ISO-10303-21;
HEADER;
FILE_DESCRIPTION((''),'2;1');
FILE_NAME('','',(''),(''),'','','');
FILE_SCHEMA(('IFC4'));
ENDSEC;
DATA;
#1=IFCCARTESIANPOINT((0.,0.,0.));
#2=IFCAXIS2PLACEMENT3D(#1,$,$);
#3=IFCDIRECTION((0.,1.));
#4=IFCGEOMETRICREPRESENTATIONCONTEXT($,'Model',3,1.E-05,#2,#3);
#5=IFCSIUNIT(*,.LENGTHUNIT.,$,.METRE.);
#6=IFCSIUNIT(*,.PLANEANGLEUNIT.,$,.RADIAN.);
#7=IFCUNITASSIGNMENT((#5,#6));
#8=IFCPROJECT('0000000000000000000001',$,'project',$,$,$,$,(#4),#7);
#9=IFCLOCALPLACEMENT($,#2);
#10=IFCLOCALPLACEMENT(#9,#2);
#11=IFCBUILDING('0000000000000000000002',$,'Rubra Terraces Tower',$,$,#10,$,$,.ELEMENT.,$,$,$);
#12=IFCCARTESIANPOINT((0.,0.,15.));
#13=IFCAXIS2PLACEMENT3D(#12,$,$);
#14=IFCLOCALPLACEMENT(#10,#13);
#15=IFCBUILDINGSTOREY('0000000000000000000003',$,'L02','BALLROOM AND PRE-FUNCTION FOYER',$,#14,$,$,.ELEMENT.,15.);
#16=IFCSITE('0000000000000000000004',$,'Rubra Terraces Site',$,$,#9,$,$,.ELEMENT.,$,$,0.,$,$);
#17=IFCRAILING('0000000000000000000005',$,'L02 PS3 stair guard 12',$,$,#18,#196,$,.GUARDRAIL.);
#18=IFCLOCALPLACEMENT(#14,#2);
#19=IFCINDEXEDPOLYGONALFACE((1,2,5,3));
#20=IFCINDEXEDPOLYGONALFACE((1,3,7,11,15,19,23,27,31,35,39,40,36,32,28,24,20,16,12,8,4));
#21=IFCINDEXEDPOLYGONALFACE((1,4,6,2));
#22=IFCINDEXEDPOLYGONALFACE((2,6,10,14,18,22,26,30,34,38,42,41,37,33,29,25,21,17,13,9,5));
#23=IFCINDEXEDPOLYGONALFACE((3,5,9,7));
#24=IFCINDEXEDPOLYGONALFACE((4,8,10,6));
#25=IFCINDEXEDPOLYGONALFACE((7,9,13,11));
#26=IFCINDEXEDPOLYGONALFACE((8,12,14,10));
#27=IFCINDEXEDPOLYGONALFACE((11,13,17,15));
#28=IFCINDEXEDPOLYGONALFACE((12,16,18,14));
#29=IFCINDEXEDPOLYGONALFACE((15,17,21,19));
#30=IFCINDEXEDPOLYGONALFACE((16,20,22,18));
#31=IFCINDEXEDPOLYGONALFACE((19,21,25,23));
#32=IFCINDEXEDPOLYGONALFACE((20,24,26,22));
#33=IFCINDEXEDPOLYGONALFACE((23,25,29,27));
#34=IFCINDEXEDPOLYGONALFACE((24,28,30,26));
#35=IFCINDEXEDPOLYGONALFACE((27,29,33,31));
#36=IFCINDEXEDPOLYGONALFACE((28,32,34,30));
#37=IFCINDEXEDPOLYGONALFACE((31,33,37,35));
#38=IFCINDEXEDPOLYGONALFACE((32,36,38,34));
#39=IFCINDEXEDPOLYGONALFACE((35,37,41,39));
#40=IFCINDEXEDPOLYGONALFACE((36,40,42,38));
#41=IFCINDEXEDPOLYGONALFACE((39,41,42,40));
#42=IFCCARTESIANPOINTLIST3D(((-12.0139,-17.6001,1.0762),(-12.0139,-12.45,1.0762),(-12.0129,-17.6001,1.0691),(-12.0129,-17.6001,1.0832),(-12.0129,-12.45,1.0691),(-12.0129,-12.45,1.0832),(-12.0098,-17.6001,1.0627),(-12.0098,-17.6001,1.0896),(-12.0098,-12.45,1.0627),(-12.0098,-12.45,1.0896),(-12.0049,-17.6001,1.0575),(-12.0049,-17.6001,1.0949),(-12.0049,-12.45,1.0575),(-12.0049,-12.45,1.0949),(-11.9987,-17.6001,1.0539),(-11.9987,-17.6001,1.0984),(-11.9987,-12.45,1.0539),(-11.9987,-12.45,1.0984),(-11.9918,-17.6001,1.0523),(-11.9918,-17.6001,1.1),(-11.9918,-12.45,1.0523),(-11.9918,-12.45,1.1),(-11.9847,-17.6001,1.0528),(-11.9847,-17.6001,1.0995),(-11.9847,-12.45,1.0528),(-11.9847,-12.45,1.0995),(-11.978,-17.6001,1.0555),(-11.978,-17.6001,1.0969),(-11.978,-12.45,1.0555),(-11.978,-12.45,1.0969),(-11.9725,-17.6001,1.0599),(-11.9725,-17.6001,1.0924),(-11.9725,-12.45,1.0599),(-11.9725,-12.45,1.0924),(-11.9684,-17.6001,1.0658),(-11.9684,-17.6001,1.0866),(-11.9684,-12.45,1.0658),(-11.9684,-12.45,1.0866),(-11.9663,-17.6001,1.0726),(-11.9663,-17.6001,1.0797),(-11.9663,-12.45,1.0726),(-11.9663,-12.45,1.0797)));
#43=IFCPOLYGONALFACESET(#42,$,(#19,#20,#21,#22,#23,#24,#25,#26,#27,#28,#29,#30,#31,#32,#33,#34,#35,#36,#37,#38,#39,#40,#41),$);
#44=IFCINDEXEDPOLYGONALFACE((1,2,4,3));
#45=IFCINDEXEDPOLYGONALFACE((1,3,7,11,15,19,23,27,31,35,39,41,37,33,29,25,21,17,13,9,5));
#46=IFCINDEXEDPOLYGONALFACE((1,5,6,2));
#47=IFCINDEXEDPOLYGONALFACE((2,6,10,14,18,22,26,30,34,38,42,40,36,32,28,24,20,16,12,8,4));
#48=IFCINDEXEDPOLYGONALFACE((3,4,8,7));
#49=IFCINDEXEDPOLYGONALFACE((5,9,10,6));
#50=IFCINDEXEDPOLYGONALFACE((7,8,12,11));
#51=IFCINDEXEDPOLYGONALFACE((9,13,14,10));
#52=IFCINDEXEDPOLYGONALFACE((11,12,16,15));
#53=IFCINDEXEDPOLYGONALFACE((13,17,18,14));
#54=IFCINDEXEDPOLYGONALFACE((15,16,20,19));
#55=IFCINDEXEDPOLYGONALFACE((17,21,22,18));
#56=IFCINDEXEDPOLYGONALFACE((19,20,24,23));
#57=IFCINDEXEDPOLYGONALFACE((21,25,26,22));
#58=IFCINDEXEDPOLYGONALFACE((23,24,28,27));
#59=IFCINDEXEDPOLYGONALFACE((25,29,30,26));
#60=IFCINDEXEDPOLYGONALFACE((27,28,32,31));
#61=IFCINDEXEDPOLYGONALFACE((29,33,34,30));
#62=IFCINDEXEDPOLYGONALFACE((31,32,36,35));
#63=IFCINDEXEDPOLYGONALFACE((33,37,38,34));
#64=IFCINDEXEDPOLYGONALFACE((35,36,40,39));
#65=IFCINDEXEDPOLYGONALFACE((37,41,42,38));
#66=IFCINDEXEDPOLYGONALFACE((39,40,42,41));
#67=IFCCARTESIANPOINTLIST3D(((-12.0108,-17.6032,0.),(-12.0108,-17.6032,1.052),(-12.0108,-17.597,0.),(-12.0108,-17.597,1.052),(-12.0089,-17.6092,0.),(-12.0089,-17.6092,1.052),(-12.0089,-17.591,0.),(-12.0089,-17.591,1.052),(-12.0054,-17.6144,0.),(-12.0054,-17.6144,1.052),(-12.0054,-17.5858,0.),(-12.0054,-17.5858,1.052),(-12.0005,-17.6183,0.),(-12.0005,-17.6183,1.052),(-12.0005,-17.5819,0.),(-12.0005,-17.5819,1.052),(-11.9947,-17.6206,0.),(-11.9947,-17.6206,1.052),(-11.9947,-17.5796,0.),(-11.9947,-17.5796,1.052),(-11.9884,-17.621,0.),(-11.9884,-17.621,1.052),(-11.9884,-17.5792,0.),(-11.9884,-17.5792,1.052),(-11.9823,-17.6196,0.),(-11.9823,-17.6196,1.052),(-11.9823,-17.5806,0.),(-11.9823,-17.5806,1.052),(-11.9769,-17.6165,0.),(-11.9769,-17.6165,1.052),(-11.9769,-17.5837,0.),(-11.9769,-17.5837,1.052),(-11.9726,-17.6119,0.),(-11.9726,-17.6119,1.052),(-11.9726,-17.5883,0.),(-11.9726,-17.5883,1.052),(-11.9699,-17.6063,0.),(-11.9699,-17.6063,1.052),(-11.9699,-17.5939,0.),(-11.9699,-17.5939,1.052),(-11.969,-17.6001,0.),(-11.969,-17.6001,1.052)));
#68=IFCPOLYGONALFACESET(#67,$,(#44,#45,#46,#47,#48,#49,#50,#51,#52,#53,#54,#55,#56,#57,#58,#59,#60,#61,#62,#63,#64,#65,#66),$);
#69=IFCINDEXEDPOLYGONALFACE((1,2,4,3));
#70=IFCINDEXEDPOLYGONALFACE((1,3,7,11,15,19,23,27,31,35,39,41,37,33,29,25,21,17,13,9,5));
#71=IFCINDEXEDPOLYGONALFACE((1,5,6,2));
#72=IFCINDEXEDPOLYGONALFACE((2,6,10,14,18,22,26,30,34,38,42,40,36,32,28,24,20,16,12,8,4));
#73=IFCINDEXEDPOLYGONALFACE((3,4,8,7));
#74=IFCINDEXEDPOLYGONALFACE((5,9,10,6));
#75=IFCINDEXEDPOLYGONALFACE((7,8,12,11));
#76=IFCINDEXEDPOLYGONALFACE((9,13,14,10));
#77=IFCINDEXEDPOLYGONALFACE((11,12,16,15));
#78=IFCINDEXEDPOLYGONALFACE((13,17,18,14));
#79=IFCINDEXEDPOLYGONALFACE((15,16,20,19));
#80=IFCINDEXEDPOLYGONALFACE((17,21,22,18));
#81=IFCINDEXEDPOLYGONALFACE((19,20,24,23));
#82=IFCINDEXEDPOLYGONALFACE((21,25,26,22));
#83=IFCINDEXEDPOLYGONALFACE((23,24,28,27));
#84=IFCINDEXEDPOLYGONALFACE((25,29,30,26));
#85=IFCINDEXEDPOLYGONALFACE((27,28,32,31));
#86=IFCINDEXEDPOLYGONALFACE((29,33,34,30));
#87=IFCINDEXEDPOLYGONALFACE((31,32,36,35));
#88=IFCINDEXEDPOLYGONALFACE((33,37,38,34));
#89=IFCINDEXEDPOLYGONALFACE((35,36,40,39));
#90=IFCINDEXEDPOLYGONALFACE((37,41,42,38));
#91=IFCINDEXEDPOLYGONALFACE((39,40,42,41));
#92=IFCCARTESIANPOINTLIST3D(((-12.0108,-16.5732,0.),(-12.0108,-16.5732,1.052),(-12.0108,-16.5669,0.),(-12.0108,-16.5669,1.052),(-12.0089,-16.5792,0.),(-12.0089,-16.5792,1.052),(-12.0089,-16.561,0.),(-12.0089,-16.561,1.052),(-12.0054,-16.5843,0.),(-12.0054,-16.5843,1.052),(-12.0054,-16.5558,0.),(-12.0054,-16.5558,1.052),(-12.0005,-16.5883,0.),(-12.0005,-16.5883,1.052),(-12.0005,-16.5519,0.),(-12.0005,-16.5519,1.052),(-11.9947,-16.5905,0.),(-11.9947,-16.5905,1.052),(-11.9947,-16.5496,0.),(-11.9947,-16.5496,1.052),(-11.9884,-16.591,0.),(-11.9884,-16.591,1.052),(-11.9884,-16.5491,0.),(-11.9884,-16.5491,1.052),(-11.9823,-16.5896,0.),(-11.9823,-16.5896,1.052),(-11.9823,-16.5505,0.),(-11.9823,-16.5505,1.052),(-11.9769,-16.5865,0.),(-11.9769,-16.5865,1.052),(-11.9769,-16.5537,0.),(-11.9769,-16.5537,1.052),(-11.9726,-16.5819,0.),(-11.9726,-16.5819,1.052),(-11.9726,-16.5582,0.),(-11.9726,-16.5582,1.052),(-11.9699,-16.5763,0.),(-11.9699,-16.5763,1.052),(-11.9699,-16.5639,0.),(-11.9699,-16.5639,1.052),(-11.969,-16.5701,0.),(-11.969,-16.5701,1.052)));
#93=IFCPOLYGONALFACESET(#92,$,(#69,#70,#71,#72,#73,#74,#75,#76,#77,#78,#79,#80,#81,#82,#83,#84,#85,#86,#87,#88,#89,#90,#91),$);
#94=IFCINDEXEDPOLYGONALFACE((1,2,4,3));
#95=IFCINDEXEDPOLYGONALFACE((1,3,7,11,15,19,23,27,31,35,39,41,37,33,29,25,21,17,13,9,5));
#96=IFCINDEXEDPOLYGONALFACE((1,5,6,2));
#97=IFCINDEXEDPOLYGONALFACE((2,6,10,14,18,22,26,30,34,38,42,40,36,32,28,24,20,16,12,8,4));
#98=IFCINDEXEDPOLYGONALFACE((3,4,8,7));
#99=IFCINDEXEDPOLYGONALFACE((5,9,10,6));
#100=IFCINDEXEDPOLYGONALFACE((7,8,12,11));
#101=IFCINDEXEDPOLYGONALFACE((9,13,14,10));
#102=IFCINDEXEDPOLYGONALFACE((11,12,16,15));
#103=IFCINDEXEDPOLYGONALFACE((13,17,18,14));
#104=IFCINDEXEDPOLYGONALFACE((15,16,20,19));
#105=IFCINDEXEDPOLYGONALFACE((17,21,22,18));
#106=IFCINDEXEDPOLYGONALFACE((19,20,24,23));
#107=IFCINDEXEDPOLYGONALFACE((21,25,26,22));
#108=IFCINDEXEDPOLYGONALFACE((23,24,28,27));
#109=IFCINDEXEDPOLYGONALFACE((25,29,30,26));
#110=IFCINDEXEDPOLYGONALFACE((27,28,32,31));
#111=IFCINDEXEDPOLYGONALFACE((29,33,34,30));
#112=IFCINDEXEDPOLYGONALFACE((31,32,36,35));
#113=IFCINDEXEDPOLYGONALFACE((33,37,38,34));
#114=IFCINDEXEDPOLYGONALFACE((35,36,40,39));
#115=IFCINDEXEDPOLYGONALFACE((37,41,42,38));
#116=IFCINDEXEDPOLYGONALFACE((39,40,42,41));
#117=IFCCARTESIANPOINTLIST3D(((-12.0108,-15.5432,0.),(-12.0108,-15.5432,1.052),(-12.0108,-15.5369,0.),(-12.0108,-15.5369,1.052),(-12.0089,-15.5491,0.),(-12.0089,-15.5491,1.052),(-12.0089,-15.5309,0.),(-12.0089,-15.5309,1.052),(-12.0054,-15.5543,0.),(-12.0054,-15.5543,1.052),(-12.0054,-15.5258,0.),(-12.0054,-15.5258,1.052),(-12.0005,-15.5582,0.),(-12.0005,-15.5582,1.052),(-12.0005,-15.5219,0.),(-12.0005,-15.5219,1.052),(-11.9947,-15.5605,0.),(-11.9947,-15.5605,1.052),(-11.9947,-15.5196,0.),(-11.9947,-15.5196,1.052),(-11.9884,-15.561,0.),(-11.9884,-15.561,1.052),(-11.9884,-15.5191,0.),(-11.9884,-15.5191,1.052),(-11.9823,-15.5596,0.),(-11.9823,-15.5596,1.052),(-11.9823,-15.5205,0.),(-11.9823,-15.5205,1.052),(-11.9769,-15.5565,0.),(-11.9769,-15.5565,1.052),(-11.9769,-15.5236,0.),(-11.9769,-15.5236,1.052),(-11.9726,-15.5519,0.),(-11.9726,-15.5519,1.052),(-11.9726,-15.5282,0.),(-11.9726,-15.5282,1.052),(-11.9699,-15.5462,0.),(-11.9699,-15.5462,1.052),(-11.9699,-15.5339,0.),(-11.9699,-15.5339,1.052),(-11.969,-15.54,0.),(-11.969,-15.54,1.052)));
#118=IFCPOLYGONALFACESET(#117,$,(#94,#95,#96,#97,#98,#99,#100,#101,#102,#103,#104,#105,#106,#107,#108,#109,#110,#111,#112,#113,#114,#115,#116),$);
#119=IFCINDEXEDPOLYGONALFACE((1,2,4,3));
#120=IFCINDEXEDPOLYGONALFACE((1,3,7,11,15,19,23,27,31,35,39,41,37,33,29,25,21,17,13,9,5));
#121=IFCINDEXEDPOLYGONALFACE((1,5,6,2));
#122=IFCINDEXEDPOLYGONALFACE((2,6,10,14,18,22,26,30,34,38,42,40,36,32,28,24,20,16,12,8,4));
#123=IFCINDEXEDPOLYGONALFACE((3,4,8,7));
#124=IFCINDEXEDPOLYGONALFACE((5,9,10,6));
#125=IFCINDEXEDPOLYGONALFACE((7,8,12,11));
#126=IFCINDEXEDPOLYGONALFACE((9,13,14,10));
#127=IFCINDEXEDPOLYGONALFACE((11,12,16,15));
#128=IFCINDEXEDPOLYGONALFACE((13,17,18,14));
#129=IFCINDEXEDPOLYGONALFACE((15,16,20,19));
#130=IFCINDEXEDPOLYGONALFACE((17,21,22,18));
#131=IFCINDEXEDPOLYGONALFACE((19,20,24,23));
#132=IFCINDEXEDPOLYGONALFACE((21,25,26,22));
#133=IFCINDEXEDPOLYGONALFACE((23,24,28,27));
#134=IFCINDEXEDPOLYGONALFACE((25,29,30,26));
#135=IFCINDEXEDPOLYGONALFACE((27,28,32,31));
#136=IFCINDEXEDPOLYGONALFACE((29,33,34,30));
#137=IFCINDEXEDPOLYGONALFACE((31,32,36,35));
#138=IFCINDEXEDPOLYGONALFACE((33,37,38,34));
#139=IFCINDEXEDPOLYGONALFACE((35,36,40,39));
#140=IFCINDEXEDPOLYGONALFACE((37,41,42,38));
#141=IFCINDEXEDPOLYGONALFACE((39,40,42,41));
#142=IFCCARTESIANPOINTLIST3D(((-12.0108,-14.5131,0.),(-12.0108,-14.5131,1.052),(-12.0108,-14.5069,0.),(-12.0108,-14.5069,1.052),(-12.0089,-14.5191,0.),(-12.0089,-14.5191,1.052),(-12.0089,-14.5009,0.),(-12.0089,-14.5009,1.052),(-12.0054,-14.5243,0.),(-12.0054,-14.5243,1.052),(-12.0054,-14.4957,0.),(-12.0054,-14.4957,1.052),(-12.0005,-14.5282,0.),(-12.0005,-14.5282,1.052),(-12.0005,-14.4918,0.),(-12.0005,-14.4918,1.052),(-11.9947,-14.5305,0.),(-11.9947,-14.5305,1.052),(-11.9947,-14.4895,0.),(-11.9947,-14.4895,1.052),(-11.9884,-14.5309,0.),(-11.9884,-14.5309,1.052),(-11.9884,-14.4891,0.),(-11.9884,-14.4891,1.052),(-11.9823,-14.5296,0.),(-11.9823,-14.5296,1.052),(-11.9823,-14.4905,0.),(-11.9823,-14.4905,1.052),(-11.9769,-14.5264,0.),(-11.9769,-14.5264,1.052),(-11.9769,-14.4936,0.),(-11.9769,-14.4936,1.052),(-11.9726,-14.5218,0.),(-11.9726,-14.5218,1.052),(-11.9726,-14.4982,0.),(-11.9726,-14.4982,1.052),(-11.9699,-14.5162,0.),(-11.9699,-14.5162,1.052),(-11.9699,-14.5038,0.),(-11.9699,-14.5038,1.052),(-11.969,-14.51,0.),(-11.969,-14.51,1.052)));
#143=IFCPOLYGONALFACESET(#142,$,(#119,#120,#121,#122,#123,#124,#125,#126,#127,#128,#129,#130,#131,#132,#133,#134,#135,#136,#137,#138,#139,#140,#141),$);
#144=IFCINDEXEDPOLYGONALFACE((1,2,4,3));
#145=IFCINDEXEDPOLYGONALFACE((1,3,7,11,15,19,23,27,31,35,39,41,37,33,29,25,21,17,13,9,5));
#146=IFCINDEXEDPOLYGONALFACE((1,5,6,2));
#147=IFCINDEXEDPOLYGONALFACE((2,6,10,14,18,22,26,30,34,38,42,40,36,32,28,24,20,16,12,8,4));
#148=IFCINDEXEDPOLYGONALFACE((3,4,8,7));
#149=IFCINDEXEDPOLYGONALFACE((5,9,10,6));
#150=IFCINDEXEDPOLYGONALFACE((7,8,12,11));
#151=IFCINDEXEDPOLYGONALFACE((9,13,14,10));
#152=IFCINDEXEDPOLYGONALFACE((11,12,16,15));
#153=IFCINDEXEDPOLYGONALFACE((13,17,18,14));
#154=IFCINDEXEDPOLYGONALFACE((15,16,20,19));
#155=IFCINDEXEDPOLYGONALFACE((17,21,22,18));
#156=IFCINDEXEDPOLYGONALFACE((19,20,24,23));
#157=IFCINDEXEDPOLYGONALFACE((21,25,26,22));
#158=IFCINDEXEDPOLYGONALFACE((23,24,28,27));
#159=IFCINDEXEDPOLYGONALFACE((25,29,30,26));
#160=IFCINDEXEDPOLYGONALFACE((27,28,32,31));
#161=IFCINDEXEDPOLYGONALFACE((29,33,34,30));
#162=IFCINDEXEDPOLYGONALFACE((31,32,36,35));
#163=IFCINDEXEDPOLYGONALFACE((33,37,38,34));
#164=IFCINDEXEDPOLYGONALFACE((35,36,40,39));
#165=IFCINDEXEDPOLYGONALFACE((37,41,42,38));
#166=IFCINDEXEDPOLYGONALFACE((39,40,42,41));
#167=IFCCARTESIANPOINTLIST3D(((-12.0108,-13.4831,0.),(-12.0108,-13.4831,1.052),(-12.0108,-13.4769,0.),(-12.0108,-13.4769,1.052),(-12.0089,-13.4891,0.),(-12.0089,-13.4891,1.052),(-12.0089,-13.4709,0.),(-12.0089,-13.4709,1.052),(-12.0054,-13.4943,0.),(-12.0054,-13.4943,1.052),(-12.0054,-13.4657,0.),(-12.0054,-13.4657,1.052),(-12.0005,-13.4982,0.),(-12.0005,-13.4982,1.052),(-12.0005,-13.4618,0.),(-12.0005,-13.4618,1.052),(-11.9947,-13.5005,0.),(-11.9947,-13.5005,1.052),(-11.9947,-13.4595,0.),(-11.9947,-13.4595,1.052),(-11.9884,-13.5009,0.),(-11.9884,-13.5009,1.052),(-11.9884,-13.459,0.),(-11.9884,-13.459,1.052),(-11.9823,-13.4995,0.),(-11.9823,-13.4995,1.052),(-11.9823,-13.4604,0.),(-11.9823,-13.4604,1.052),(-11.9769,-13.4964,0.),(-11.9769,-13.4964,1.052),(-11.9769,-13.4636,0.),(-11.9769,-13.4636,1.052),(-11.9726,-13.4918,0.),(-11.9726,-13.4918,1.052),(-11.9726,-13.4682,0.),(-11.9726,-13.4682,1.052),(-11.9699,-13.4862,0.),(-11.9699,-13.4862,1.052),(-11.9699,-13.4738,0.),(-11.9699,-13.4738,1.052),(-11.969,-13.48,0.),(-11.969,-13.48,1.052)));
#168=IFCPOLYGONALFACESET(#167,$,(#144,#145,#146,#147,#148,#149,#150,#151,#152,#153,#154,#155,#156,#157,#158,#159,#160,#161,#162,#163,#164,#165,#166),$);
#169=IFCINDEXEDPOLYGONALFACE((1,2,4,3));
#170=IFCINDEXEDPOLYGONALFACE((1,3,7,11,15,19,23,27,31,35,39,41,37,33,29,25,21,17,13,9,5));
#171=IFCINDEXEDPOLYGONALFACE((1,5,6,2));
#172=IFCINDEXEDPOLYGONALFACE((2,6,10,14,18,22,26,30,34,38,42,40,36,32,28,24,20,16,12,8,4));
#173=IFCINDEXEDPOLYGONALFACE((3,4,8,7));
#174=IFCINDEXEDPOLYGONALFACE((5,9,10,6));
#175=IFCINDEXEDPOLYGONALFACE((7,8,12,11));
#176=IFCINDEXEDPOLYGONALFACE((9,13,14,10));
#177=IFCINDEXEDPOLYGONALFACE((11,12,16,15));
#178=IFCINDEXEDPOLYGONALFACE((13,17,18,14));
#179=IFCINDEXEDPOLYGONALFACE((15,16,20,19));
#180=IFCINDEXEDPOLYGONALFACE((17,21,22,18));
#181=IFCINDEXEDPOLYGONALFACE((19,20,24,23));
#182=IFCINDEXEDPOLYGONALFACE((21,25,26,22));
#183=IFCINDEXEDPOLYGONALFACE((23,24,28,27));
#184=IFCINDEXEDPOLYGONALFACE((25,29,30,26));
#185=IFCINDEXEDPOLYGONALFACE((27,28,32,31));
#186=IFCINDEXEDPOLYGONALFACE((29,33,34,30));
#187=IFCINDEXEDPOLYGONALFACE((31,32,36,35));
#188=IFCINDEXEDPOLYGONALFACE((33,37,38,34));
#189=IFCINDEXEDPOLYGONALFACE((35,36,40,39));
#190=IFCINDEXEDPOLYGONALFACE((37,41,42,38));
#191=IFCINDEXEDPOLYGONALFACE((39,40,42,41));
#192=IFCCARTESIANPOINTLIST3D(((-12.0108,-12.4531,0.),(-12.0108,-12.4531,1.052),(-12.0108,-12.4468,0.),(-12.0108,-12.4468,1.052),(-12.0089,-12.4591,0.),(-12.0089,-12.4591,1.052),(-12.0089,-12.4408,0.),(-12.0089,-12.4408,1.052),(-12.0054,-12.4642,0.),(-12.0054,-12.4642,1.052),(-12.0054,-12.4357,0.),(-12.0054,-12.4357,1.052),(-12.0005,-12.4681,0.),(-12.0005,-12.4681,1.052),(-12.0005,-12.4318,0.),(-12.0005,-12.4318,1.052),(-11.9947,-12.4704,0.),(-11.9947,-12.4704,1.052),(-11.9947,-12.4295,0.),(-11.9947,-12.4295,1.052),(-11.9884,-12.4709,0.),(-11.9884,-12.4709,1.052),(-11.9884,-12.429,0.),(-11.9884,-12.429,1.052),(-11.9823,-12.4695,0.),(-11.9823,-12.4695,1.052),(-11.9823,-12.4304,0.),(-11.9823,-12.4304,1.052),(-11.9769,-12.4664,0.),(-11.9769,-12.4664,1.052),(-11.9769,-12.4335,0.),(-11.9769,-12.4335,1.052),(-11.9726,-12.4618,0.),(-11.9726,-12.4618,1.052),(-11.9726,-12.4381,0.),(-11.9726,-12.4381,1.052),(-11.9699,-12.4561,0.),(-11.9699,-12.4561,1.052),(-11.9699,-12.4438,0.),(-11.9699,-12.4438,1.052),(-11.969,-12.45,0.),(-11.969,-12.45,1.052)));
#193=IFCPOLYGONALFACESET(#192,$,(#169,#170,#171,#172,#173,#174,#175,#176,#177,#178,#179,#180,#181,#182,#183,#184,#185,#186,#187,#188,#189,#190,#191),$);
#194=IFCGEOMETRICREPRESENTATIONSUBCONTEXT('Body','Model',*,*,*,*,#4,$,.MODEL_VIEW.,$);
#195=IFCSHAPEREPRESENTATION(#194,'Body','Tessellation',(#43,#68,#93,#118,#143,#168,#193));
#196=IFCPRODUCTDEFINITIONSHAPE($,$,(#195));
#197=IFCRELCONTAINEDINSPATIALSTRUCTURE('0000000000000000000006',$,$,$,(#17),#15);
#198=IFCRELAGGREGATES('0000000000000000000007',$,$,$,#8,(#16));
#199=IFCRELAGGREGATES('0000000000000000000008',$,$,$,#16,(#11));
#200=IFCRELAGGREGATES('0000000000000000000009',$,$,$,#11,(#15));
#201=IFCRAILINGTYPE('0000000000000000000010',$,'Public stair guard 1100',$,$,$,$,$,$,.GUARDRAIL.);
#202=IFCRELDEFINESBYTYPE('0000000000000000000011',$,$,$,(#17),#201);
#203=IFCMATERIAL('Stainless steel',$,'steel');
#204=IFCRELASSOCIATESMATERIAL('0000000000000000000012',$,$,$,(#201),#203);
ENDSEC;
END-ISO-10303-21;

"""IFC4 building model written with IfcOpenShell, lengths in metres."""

from ifc_helpers import new_model, si_unit, direction, frame, origin, origin_2d, place, context, subcontext, project, spatial, circle, extrude, material, type_object, element, save


model = new_model("IFC4")

# Units and contexts
model_context = context("Model", 3, precision=1e-05, world=origin(), true_north=direction((0.0, 1.0)))
body_context = subcontext(model_context, "Body", "Model", "MODEL_VIEW")
ifc_project = project(units=[si_unit("LENGTHUNIT", "METRE"), si_unit("PLANEANGLEUNIT", "RADIAN")], contexts=[model_context])

# Site, building, storey
site_placement = place(None, origin())
site = spatial("IfcSite", under=ifc_project, at=site_placement, Name="Rubra Terraces Site", CompositionType="ELEMENT", RefElevation=0.0)
building_placement = place(site_placement, origin())
building = spatial("IfcBuilding", under=site, at=building_placement, Name="Rubra Terraces Tower", CompositionType="ELEMENT")
storey_placement = place(building_placement, frame((0.0, 0.0, 15.0)))
storey = spatial("IfcBuildingStorey", under=building, at=storey_placement, Name="L02", Description="BALLROOM AND PRE-FUNCTION FOYER", CompositionType="ELEMENT", Elevation=15.0)

# Railing
ifc_material_1 = material(Name="Stainless steel", Category="steel")
railing_type_1 = type_object("IfcRailingType", Name="Public stair guard 1100", PredefinedType="GUARDRAIL", material=ifc_material_1)
railing_1_placement = place(storey_placement, frame((-11.99, -17.6001, 0.0)))
element("IfcRailing", 1, at=railing_1_placement, inside=storey, type_object=railing_type_1, Name="L02 PS3 stair guard 12", PredefinedType="GUARDRAIL", context=body_context, shape_type="SweptSolid", body=[
    extrude(circle(Radius=0.0239, at=origin_2d()), frame((0.0, 0.0, 1.0762), z_axis=(0.0, 1.0, 0.0), x_axis=(-1.0, 0.0, 0.0)), (0.0, 0.0, 1.0), 5.1501),
    extrude(circle(Radius=0.021, at=origin_2d()), origin(), (0.0, 0.0, 1.0), 1.052),
    extrude(circle(Radius=0.021, at=origin_2d()), frame((0.0, 1.03, 0.0)), (0.0, 0.0, 1.0), 1.052),
    extrude(circle(Radius=0.021, at=origin_2d()), frame((0.0, 2.0601, 0.0)), (0.0, 0.0, 1.0), 1.052),
    extrude(circle(Radius=0.021, at=origin_2d()), frame((0.0, 3.0901, 0.0)), (0.0, 0.0, 1.0), 1.052),
    extrude(circle(Radius=0.021, at=origin_2d()), frame((0.0, 4.1201, 0.0)), (0.0, 0.0, 1.0), 1.052),
    extrude(circle(Radius=0.021, at=origin_2d()), frame((0.0, 5.1501, 0.0)), (0.0, 0.0, 1.0), 1.052),
])

save(model, "model.ifc")
